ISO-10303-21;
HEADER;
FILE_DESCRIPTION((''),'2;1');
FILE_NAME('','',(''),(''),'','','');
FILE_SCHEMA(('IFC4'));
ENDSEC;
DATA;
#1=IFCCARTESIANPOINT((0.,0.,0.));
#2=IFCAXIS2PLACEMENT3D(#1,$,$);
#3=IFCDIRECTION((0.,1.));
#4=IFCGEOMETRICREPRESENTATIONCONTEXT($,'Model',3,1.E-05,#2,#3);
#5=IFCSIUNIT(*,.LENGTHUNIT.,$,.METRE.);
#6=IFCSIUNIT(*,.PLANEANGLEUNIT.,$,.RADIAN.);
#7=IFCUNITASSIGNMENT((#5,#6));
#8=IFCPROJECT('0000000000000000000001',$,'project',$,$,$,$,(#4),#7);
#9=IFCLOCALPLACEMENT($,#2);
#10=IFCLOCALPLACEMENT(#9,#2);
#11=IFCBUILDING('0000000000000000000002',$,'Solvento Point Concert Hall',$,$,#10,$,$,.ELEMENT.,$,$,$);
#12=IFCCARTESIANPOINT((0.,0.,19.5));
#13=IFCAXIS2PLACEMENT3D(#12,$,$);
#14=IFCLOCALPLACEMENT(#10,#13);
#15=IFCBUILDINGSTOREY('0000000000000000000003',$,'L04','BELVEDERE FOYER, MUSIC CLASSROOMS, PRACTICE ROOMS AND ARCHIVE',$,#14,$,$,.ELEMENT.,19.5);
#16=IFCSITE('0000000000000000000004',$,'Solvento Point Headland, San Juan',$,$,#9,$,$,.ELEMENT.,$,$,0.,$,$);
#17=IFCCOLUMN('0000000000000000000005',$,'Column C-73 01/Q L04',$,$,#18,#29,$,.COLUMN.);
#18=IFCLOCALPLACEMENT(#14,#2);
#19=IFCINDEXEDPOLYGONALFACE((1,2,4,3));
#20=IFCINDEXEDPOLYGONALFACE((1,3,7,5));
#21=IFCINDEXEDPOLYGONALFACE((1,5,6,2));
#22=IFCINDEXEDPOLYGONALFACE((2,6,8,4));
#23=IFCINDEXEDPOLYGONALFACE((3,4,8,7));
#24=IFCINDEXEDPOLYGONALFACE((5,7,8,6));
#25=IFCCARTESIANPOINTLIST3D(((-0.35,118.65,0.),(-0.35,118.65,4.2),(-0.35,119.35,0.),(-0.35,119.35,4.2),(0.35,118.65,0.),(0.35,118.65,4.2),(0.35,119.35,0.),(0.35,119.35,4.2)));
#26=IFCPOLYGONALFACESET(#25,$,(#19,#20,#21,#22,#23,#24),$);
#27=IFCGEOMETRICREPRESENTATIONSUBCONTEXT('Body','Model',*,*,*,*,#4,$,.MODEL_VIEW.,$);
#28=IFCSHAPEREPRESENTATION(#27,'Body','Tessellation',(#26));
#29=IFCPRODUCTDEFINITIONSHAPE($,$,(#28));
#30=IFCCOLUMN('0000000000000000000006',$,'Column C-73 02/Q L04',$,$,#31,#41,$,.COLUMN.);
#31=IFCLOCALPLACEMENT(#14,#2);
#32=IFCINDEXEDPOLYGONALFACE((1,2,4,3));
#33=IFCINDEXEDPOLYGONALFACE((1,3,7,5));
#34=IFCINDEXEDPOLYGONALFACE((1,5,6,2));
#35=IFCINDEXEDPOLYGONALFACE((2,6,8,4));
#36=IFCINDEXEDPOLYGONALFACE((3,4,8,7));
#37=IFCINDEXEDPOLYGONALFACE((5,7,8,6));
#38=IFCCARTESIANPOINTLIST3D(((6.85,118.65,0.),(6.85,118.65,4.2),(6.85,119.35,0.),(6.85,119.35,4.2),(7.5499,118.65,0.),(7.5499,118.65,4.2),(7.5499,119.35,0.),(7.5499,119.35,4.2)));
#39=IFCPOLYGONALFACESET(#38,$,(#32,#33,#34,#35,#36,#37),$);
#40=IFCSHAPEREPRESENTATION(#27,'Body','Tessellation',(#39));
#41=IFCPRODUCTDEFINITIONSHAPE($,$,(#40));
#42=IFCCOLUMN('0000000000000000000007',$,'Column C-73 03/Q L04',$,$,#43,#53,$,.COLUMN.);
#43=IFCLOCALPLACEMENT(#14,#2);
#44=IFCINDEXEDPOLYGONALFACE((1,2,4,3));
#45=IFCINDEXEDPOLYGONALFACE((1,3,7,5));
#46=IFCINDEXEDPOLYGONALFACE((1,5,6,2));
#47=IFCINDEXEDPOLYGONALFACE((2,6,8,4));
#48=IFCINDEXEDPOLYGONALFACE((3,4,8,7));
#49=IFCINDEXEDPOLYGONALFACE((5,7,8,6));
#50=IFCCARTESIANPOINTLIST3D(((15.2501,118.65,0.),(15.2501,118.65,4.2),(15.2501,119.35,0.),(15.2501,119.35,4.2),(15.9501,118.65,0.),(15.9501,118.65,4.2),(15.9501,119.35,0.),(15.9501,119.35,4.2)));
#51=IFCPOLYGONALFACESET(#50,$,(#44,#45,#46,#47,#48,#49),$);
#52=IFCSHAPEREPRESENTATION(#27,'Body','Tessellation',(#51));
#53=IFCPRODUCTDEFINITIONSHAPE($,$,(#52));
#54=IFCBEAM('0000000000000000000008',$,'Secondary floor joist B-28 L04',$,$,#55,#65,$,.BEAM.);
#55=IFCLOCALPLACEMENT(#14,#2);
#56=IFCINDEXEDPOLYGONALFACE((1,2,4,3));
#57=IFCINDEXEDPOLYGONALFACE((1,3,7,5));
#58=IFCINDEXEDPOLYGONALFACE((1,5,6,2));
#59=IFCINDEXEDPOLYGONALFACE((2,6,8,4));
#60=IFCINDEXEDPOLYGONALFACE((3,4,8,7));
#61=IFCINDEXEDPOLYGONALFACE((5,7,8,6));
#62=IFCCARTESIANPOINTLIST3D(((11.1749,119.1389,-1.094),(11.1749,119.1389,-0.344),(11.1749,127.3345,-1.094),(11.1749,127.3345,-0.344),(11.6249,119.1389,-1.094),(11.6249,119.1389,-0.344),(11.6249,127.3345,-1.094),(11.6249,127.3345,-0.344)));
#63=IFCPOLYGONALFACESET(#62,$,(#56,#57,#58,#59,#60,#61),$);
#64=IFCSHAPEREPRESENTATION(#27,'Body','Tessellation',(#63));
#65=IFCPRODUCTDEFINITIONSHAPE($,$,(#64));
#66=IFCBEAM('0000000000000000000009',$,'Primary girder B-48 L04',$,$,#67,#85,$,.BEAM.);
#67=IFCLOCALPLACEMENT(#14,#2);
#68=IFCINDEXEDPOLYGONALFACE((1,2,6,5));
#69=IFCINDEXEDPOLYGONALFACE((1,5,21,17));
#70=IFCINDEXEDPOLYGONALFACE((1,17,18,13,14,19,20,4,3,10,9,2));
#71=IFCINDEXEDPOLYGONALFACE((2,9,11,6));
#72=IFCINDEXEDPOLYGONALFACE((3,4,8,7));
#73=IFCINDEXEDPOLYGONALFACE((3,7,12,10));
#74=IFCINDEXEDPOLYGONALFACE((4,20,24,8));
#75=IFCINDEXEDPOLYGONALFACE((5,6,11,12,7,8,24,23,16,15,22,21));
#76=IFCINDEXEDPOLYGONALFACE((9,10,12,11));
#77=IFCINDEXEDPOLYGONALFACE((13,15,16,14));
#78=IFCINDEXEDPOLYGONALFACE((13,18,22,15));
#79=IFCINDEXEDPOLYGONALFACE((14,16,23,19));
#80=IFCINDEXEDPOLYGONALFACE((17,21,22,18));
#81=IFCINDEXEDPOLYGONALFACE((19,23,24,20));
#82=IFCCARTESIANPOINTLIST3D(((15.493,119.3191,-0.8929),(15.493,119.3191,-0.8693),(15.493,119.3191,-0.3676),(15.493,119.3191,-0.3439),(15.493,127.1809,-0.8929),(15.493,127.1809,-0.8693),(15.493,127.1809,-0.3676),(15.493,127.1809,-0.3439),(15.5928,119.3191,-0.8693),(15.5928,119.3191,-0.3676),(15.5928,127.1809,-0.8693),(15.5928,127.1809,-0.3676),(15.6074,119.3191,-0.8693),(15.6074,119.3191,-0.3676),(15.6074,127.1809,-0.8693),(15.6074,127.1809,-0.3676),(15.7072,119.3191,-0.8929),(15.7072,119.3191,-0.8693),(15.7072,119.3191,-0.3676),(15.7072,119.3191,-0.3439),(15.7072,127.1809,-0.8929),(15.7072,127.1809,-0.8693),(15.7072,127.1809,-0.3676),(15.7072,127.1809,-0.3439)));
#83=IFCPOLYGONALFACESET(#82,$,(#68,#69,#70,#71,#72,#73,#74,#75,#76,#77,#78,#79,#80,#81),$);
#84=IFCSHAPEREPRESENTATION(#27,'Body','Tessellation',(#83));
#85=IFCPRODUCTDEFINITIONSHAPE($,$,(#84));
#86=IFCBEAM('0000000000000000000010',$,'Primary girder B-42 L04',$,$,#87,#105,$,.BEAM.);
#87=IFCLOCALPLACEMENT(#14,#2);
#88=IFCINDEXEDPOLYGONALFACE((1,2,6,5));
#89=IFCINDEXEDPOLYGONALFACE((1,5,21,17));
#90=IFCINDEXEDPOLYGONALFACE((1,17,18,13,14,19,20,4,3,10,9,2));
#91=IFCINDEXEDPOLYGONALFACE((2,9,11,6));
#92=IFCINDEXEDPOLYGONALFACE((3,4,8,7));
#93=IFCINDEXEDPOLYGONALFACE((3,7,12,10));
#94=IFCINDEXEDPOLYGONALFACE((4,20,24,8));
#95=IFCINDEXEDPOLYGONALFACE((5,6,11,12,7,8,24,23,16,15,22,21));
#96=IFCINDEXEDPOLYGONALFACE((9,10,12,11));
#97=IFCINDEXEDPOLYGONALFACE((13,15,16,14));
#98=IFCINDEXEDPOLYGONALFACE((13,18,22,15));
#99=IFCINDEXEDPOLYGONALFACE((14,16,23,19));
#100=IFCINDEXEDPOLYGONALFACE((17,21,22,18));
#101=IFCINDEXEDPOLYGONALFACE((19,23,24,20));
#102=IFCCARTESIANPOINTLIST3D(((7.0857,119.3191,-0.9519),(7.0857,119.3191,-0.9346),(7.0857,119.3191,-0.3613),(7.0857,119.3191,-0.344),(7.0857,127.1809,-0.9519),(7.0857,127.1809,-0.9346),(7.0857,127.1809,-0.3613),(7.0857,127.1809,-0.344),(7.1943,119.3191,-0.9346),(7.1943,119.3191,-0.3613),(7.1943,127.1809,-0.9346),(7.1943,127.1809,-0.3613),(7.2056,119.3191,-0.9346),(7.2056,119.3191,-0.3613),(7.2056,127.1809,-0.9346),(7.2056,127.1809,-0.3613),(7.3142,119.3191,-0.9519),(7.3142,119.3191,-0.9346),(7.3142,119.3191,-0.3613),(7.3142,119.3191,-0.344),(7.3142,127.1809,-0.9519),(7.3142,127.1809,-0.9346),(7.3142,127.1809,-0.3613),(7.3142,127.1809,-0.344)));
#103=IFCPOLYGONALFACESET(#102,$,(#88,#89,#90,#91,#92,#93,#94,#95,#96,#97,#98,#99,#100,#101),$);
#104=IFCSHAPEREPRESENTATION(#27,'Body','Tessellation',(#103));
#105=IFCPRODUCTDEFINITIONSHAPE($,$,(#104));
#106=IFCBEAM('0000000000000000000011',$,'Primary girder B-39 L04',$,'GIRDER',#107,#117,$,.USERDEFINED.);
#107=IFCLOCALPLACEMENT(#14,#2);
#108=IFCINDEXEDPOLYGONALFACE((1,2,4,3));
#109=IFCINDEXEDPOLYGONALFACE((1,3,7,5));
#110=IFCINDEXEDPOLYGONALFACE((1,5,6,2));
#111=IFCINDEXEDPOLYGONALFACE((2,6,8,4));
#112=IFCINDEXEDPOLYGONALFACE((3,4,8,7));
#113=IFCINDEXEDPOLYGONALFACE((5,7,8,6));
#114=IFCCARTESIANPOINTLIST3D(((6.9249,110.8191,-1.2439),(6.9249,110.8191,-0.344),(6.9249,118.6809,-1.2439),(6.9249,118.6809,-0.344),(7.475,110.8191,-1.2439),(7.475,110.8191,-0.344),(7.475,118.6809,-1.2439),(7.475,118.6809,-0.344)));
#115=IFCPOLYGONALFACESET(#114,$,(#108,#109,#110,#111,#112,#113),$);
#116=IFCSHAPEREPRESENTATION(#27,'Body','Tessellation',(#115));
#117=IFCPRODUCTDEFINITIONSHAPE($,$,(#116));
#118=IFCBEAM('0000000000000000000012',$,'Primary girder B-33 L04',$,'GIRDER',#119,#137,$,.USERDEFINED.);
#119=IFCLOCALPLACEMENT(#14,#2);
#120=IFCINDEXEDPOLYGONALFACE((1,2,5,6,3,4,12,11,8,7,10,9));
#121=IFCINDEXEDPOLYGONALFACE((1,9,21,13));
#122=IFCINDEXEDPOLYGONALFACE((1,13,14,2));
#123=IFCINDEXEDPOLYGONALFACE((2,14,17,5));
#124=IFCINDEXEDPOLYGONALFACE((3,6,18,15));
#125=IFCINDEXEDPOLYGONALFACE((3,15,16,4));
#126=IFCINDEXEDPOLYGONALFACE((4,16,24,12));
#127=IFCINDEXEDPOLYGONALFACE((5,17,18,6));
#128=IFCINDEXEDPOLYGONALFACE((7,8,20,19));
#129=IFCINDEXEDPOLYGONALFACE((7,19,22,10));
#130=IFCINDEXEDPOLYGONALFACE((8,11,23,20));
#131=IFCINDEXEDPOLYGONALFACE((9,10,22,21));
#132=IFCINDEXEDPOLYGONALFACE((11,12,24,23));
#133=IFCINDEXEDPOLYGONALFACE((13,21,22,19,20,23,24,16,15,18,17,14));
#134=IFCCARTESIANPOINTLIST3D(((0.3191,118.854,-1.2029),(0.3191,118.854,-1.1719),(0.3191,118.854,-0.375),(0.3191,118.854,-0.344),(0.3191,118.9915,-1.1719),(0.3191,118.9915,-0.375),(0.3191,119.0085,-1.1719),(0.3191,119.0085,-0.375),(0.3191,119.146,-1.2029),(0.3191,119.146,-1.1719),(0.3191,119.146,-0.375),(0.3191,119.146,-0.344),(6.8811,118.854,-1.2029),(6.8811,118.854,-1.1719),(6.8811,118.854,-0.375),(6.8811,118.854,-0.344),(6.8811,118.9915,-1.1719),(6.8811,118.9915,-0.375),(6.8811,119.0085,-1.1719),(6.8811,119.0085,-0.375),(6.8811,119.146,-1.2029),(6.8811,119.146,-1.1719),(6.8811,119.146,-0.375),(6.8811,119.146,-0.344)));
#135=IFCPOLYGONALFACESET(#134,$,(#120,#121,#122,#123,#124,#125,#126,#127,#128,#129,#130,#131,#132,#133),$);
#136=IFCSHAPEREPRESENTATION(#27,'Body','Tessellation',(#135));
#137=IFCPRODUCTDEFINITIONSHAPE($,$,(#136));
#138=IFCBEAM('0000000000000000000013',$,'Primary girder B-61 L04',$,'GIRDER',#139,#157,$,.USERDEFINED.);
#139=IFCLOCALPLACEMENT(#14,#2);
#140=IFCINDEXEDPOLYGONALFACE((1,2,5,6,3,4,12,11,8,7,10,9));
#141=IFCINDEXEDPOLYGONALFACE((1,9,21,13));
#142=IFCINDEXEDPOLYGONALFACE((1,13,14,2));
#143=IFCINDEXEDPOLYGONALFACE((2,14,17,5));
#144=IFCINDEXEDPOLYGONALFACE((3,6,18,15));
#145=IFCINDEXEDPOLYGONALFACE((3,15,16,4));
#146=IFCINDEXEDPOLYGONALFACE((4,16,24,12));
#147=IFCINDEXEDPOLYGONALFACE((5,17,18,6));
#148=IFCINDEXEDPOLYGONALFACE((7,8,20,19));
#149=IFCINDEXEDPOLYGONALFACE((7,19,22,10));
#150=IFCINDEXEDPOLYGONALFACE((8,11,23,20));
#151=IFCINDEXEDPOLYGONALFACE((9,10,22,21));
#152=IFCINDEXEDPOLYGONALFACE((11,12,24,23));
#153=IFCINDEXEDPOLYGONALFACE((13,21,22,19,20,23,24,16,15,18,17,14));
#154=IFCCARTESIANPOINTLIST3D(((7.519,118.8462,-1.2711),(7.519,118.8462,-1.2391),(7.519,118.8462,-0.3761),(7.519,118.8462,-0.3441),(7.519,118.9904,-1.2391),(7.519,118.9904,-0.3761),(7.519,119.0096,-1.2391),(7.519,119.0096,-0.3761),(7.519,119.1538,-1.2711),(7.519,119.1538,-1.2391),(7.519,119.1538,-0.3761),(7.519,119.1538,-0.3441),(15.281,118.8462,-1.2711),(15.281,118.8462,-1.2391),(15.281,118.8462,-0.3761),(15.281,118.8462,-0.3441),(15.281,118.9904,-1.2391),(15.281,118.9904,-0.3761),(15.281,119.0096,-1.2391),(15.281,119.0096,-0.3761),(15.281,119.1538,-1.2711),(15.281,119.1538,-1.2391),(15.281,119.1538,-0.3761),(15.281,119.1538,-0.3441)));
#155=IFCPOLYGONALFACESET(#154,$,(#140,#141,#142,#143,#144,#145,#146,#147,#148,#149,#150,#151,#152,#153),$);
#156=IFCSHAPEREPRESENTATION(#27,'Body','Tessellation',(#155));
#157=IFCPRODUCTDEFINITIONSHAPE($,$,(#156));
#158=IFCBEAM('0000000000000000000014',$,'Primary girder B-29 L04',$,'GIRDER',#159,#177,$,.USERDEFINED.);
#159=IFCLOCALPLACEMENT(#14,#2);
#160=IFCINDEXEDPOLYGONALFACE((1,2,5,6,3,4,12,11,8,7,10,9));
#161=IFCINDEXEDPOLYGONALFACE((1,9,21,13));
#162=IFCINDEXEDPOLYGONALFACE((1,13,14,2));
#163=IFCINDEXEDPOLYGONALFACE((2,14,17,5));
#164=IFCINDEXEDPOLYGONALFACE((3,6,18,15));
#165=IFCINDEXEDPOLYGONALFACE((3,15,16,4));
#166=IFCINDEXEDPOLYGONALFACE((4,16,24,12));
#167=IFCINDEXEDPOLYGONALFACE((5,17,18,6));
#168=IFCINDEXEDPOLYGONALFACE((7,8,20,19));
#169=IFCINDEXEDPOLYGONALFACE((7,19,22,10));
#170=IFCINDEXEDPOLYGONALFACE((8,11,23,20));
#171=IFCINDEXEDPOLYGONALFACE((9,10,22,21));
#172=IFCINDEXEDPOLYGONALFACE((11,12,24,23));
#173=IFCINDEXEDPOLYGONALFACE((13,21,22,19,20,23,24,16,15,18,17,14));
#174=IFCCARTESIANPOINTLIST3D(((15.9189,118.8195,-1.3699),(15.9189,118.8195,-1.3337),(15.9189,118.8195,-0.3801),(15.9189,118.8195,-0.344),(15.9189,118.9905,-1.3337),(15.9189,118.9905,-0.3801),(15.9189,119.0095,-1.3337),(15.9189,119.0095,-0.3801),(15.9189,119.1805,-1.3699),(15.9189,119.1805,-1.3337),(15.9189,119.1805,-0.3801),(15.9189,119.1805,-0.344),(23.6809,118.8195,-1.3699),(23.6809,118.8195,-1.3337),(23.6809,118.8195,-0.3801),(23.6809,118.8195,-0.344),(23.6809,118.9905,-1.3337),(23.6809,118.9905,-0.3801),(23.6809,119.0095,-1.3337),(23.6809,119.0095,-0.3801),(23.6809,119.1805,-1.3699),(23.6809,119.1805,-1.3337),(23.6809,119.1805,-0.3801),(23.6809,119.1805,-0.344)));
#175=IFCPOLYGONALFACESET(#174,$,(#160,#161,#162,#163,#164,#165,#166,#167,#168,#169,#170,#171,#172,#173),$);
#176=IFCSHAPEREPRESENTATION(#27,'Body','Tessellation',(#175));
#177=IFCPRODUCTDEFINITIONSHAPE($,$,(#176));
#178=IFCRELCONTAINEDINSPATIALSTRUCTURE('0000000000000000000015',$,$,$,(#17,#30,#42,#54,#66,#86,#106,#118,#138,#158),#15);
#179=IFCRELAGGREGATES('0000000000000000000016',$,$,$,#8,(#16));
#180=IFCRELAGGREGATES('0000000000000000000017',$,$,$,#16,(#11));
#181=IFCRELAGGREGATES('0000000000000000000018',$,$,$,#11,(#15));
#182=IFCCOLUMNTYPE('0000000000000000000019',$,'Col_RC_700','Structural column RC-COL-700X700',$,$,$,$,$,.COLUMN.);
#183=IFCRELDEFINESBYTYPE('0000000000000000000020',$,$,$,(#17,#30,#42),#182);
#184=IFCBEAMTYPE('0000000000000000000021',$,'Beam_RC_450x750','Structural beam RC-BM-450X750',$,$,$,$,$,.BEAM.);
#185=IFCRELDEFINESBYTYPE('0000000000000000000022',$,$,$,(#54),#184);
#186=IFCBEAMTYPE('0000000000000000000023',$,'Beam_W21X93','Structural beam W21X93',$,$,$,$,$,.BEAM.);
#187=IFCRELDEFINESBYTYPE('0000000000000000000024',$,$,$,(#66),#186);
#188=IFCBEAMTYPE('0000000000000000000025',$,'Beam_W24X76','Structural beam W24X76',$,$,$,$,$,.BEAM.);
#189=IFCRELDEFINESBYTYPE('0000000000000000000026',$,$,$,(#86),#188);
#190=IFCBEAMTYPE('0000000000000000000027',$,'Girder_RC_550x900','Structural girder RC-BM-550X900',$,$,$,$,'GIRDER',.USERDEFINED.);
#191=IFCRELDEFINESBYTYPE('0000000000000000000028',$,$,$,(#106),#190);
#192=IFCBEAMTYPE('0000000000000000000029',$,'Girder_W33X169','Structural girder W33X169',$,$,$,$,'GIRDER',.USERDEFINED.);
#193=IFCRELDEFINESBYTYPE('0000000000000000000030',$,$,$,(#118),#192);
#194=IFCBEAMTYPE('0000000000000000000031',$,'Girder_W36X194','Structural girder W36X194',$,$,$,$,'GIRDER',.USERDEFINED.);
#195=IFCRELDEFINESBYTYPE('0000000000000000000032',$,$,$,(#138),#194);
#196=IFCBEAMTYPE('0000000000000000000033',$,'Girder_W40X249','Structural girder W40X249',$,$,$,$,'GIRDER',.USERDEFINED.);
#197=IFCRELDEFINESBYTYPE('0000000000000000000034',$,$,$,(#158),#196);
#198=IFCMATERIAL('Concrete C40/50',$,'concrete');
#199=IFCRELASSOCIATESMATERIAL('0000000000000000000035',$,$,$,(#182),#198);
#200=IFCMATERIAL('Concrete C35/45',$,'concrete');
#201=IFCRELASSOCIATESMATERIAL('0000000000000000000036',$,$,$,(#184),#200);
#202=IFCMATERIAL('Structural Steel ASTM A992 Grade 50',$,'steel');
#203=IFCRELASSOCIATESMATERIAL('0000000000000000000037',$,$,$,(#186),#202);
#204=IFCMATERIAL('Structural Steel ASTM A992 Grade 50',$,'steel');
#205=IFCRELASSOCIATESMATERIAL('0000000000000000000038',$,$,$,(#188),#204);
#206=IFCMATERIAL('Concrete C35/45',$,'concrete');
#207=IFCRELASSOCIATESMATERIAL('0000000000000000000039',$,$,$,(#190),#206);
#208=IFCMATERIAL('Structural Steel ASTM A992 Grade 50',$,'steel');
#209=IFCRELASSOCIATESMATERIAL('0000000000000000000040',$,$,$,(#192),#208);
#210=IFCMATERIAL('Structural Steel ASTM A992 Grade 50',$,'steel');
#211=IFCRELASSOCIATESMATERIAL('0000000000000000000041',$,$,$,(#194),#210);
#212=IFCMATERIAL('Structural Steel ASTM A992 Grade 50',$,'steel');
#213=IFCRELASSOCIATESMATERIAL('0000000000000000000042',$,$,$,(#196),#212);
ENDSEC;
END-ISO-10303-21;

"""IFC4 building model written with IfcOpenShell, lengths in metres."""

from ifc_helpers import new_model, si_unit, direction, frame, origin, origin_2d, place, context, subcontext, project, spatial, rectangle, i_section, extrude, material, material_profile, profile_set, type_object, element, save


model = new_model("IFC4")

# Units and contexts
model_context = context("Model", 3, precision=1e-05, world=origin(), true_north=direction((0.0, 1.0)))
body_context = subcontext(model_context, "Body", "Model", "MODEL_VIEW")
ifc_project = project(units=[si_unit("LENGTHUNIT", "METRE"), si_unit("PLANEANGLEUNIT", "RADIAN")], contexts=[model_context])

# Site, building, storey
site_placement = place(None, origin())
site = spatial("IfcSite", under=ifc_project, at=site_placement, Name="Solvento Point Headland, San Juan", CompositionType="ELEMENT", RefElevation=0.0)
building_placement = place(site_placement, origin())
building = spatial("IfcBuilding", under=site, at=building_placement, Name="Solvento Point Concert Hall", CompositionType="ELEMENT")
storey_placement = place(building_placement, frame((0.0, 0.0, 19.5)))
storey = spatial("IfcBuildingStorey", under=building, at=storey_placement, Name="L04", Description="BELVEDERE FOYER, MUSIC CLASSROOMS, PRACTICE ROOMS AND ARCHIVE", CompositionType="ELEMENT", Elevation=19.5)

# Columns
ifc_material_1 = material(Name="Concrete C40/50", Category="concrete")
ifc_material_profile_1 = material_profile(ifc_material_1, rectangle(XDim=0.7, YDim=0.7, at=origin_2d()), Name="RC-COL-700X700")
ifc_profile_set_1 = profile_set([ifc_material_profile_1], Name="Concrete C40/50")
column_type = type_object("IfcColumnType", Name="Col_RC_700", Description="Structural column RC-COL-700X700", PredefinedType="COLUMN", material=ifc_profile_set_1)
for number, where, z_axis, x_axis, name in (
    (1, (0.0, 119.0, 0.0), (0.0, 0.0, 1.0), (1.0, 0.0, 0.0), "Column C-73 01/Q L04"),
    (2, (7.2, 119.0, 0.0), (0.0, 0.0, 1.0), (1.0, 0.0, 0.0), "Column C-73 02/Q L04"),
    (3, (15.6001, 119.0, 0.0), (0.0, 0.0, 1.0), (1.0, 0.0, 0.0), "Column C-73 03/Q L04"),
):
    element("IfcColumn", number, at=place(storey_placement, frame(where, z_axis=z_axis, x_axis=x_axis)), inside=storey, type_object=column_type, Name=name, PredefinedType="COLUMN", context=body_context, shape_type="SweptSolid", body=[
        extrude(rectangle(XDim=0.7, YDim=0.7, at=origin_2d()), origin(), (0.0, 0.0, 1.0), 4.2),
    ])

# Beams
ifc_material_2 = material(Name="Concrete C35/45", Category="concrete")
ifc_material_profile_2 = material_profile(ifc_material_2, rectangle(XDim=0.45, YDim=0.75, at=origin_2d()), Name="RC-BM-450X750")
ifc_profile_set_2 = profile_set([ifc_material_profile_2], Name="Concrete C35/45")
beam_type_1 = type_object("IfcBeamType", Name="Beam_RC_450x750", Description="Structural beam RC-BM-450X750", PredefinedType="BEAM", material=ifc_profile_set_2)
beam_1_placement = place(storey_placement, frame((11.3999, 119.1389, -0.719), z_axis=(0.0, 1.0, 0.0), x_axis=(-1.0, 0.0, 0.0)))
element("IfcBeam", 4, at=beam_1_placement, inside=storey, type_object=beam_type_1, Name="Secondary floor joist B-28 L04", PredefinedType="BEAM", context=body_context, shape_type="SweptSolid", body=[
    extrude(rectangle(XDim=0.45, YDim=0.75, at=origin_2d()), origin(), (0.0, 0.0, 1.0), 8.1956),
])
ifc_material_3 = material(Name="Structural Steel ASTM A992 Grade 50", Category="steel")
ifc_material_profile_3 = material_profile(ifc_material_3, i_section(OverallWidth=0.2141, OverallDepth=0.5491, WebThickness=0.0146, FlangeThickness=0.0237, at=origin_2d()), Name="W21X93")
ifc_profile_set_3 = profile_set([ifc_material_profile_3], Name="Structural Steel ASTM A992 Grade 50")
beam_type_2 = type_object("IfcBeamType", Name="Beam_W21X93", Description="Structural beam W21X93", PredefinedType="BEAM", material=ifc_profile_set_3)
beam_2_placement = place(storey_placement, frame((15.6001, 119.3191, -0.6184), z_axis=(0.0, 1.0, 0.0), x_axis=(-1.0, 0.0, 0.0)))
element("IfcBeam", 5, at=beam_2_placement, inside=storey, type_object=beam_type_2, Name="Primary girder B-48 L04", PredefinedType="BEAM", context=body_context, shape_type="SweptSolid", body=[
    extrude(i_section(OverallWidth=0.2141, OverallDepth=0.5491, WebThickness=0.0146, FlangeThickness=0.0237, at=origin_2d()), origin(), (0.0, 0.0, 1.0), 7.8618),
])
ifc_material_4 = material(Name="Structural Steel ASTM A992 Grade 50", Category="steel")
ifc_material_profile_4 = material_profile(ifc_material_4, i_section(OverallWidth=0.2285, OverallDepth=0.6079, WebThickness=0.0112, FlangeThickness=0.0173, at=origin_2d()), Name="W24X76")
ifc_profile_set_4 = profile_set([ifc_material_profile_4], Name="Structural Steel ASTM A992 Grade 50")
beam_type_3 = type_object("IfcBeamType", Name="Beam_W24X76", Description="Structural beam W24X76", PredefinedType="BEAM", material=ifc_profile_set_4)
beam_3_placement = place(storey_placement, frame((7.2, 119.3191, -0.6479), z_axis=(0.0, 1.0, 0.0), x_axis=(-1.0, 0.0, 0.0)))
element("IfcBeam", 6, at=beam_3_placement, inside=storey, type_object=beam_type_3, Name="Primary girder B-42 L04", PredefinedType="BEAM", context=body_context, shape_type="SweptSolid", body=[
    extrude(i_section(OverallWidth=0.2285, OverallDepth=0.6079, WebThickness=0.0112, FlangeThickness=0.0173, at=origin_2d()), origin(), (0.0, 0.0, 1.0), 7.8618),
])
ifc_material_5 = material(Name="Concrete C35/45", Category="concrete")
ifc_material_profile_5 = material_profile(ifc_material_5, rectangle(XDim=0.55, YDim=0.8999, at=origin_2d()), Name="RC-BM-550X900")
ifc_profile_set_5 = profile_set([ifc_material_profile_5], Name="Concrete C35/45")
beam_type_4 = type_object("IfcBeamType", Name="Girder_RC_550x900", Description="Structural girder RC-BM-550X900", ElementType="GIRDER", PredefinedType="USERDEFINED", material=ifc_profile_set_5)
beam_4_placement = place(storey_placement, frame((7.2, 110.8191, -0.7939), z_axis=(0.0, 1.0, 0.0), x_axis=(-1.0, 0.0, 0.0)))
element("IfcBeam", 7, at=beam_4_placement, inside=storey, type_object=beam_type_4, Name="Primary girder B-39 L04", ObjectType="GIRDER", PredefinedType="USERDEFINED", context=body_context, shape_type="SweptSolid", body=[
    extrude(rectangle(XDim=0.55, YDim=0.8999, at=origin_2d()), origin(), (0.0, 0.0, 1.0), 7.8618),
])
ifc_material_6 = material(Name="Structural Steel ASTM A992 Grade 50", Category="steel")
ifc_material_profile_6 = material_profile(ifc_material_6, i_section(OverallWidth=0.292, OverallDepth=0.8589, WebThickness=0.0171, FlangeThickness=0.031, at=origin_2d()), Name="W33X169")
ifc_profile_set_6 = profile_set([ifc_material_profile_6], Name="Structural Steel ASTM A992 Grade 50")
beam_type_5 = type_object("IfcBeamType", Name="Girder_W33X169", Description="Structural girder W33X169", ElementType="GIRDER", PredefinedType="USERDEFINED", material=ifc_profile_set_6)
beam_5_placement = place(storey_placement, frame((0.3191, 119.0, -0.7734), z_axis=(1.0, 0.0, 0.0), x_axis=(0.0, 1.0, 0.0)))
element("IfcBeam", 8, at=beam_5_placement, inside=storey, type_object=beam_type_5, Name="Primary girder B-33 L04", ObjectType="GIRDER", PredefinedType="USERDEFINED", context=body_context, shape_type="SweptSolid", body=[
    extrude(i_section(OverallWidth=0.292, OverallDepth=0.8589, WebThickness=0.0171, FlangeThickness=0.031, at=origin_2d()), origin(), (0.0, 0.0, 1.0), 6.562),
])
ifc_material_7 = material(Name="Structural Steel ASTM A992 Grade 50", Category="steel")
ifc_material_profile_7 = material_profile(ifc_material_7, i_section(OverallWidth=0.3076, OverallDepth=0.927, WebThickness=0.0193, FlangeThickness=0.032, at=origin_2d()), Name="W36X194")
ifc_profile_set_7 = profile_set([ifc_material_profile_7], Name="Structural Steel ASTM A992 Grade 50")
beam_type_6 = type_object("IfcBeamType", Name="Girder_W36X194", Description="Structural girder W36X194", ElementType="GIRDER", PredefinedType="USERDEFINED", material=ifc_profile_set_7)
beam_6_placement = place(storey_placement, frame((7.519, 119.0, -0.8076), z_axis=(1.0, 0.0, 0.0), x_axis=(0.0, 1.0, 0.0)))
element("IfcBeam", 9, at=beam_6_placement, inside=storey, type_object=beam_type_6, Name="Primary girder B-61 L04", ObjectType="GIRDER", PredefinedType="USERDEFINED", context=body_context, shape_type="SweptSolid", body=[
    extrude(i_section(OverallWidth=0.3076, OverallDepth=0.927, WebThickness=0.0193, FlangeThickness=0.032, at=origin_2d()), origin(), (0.0, 0.0, 1.0), 7.762),
])
ifc_material_8 = material(Name="Structural Steel ASTM A992 Grade 50", Category="steel")
ifc_material_profile_8 = material_profile(ifc_material_8, i_section(OverallWidth=0.3611, OverallDepth=1.0259, WebThickness=0.019, FlangeThickness=0.0361, at=origin_2d()), Name="W40X249")
ifc_profile_set_8 = profile_set([ifc_material_profile_8], Name="Structural Steel ASTM A992 Grade 50")
beam_type_7 = type_object("IfcBeamType", Name="Girder_W40X249", Description="Structural girder W40X249", ElementType="GIRDER", PredefinedType="USERDEFINED", material=ifc_profile_set_8)
beam_7_placement = place(storey_placement, frame((15.9189, 119.0, -0.8569), z_axis=(1.0, 0.0, 0.0), x_axis=(0.0, 1.0, 0.0)))
element("IfcBeam", 10, at=beam_7_placement, inside=storey, type_object=beam_type_7, Name="Primary girder B-29 L04", ObjectType="GIRDER", PredefinedType="USERDEFINED", context=body_context, shape_type="SweptSolid", body=[
    extrude(i_section(OverallWidth=0.3611, OverallDepth=1.0259, WebThickness=0.019, FlangeThickness=0.0361, at=origin_2d()), origin(), (0.0, 0.0, 1.0), 7.762),
])

save(model, "model.ifc")
